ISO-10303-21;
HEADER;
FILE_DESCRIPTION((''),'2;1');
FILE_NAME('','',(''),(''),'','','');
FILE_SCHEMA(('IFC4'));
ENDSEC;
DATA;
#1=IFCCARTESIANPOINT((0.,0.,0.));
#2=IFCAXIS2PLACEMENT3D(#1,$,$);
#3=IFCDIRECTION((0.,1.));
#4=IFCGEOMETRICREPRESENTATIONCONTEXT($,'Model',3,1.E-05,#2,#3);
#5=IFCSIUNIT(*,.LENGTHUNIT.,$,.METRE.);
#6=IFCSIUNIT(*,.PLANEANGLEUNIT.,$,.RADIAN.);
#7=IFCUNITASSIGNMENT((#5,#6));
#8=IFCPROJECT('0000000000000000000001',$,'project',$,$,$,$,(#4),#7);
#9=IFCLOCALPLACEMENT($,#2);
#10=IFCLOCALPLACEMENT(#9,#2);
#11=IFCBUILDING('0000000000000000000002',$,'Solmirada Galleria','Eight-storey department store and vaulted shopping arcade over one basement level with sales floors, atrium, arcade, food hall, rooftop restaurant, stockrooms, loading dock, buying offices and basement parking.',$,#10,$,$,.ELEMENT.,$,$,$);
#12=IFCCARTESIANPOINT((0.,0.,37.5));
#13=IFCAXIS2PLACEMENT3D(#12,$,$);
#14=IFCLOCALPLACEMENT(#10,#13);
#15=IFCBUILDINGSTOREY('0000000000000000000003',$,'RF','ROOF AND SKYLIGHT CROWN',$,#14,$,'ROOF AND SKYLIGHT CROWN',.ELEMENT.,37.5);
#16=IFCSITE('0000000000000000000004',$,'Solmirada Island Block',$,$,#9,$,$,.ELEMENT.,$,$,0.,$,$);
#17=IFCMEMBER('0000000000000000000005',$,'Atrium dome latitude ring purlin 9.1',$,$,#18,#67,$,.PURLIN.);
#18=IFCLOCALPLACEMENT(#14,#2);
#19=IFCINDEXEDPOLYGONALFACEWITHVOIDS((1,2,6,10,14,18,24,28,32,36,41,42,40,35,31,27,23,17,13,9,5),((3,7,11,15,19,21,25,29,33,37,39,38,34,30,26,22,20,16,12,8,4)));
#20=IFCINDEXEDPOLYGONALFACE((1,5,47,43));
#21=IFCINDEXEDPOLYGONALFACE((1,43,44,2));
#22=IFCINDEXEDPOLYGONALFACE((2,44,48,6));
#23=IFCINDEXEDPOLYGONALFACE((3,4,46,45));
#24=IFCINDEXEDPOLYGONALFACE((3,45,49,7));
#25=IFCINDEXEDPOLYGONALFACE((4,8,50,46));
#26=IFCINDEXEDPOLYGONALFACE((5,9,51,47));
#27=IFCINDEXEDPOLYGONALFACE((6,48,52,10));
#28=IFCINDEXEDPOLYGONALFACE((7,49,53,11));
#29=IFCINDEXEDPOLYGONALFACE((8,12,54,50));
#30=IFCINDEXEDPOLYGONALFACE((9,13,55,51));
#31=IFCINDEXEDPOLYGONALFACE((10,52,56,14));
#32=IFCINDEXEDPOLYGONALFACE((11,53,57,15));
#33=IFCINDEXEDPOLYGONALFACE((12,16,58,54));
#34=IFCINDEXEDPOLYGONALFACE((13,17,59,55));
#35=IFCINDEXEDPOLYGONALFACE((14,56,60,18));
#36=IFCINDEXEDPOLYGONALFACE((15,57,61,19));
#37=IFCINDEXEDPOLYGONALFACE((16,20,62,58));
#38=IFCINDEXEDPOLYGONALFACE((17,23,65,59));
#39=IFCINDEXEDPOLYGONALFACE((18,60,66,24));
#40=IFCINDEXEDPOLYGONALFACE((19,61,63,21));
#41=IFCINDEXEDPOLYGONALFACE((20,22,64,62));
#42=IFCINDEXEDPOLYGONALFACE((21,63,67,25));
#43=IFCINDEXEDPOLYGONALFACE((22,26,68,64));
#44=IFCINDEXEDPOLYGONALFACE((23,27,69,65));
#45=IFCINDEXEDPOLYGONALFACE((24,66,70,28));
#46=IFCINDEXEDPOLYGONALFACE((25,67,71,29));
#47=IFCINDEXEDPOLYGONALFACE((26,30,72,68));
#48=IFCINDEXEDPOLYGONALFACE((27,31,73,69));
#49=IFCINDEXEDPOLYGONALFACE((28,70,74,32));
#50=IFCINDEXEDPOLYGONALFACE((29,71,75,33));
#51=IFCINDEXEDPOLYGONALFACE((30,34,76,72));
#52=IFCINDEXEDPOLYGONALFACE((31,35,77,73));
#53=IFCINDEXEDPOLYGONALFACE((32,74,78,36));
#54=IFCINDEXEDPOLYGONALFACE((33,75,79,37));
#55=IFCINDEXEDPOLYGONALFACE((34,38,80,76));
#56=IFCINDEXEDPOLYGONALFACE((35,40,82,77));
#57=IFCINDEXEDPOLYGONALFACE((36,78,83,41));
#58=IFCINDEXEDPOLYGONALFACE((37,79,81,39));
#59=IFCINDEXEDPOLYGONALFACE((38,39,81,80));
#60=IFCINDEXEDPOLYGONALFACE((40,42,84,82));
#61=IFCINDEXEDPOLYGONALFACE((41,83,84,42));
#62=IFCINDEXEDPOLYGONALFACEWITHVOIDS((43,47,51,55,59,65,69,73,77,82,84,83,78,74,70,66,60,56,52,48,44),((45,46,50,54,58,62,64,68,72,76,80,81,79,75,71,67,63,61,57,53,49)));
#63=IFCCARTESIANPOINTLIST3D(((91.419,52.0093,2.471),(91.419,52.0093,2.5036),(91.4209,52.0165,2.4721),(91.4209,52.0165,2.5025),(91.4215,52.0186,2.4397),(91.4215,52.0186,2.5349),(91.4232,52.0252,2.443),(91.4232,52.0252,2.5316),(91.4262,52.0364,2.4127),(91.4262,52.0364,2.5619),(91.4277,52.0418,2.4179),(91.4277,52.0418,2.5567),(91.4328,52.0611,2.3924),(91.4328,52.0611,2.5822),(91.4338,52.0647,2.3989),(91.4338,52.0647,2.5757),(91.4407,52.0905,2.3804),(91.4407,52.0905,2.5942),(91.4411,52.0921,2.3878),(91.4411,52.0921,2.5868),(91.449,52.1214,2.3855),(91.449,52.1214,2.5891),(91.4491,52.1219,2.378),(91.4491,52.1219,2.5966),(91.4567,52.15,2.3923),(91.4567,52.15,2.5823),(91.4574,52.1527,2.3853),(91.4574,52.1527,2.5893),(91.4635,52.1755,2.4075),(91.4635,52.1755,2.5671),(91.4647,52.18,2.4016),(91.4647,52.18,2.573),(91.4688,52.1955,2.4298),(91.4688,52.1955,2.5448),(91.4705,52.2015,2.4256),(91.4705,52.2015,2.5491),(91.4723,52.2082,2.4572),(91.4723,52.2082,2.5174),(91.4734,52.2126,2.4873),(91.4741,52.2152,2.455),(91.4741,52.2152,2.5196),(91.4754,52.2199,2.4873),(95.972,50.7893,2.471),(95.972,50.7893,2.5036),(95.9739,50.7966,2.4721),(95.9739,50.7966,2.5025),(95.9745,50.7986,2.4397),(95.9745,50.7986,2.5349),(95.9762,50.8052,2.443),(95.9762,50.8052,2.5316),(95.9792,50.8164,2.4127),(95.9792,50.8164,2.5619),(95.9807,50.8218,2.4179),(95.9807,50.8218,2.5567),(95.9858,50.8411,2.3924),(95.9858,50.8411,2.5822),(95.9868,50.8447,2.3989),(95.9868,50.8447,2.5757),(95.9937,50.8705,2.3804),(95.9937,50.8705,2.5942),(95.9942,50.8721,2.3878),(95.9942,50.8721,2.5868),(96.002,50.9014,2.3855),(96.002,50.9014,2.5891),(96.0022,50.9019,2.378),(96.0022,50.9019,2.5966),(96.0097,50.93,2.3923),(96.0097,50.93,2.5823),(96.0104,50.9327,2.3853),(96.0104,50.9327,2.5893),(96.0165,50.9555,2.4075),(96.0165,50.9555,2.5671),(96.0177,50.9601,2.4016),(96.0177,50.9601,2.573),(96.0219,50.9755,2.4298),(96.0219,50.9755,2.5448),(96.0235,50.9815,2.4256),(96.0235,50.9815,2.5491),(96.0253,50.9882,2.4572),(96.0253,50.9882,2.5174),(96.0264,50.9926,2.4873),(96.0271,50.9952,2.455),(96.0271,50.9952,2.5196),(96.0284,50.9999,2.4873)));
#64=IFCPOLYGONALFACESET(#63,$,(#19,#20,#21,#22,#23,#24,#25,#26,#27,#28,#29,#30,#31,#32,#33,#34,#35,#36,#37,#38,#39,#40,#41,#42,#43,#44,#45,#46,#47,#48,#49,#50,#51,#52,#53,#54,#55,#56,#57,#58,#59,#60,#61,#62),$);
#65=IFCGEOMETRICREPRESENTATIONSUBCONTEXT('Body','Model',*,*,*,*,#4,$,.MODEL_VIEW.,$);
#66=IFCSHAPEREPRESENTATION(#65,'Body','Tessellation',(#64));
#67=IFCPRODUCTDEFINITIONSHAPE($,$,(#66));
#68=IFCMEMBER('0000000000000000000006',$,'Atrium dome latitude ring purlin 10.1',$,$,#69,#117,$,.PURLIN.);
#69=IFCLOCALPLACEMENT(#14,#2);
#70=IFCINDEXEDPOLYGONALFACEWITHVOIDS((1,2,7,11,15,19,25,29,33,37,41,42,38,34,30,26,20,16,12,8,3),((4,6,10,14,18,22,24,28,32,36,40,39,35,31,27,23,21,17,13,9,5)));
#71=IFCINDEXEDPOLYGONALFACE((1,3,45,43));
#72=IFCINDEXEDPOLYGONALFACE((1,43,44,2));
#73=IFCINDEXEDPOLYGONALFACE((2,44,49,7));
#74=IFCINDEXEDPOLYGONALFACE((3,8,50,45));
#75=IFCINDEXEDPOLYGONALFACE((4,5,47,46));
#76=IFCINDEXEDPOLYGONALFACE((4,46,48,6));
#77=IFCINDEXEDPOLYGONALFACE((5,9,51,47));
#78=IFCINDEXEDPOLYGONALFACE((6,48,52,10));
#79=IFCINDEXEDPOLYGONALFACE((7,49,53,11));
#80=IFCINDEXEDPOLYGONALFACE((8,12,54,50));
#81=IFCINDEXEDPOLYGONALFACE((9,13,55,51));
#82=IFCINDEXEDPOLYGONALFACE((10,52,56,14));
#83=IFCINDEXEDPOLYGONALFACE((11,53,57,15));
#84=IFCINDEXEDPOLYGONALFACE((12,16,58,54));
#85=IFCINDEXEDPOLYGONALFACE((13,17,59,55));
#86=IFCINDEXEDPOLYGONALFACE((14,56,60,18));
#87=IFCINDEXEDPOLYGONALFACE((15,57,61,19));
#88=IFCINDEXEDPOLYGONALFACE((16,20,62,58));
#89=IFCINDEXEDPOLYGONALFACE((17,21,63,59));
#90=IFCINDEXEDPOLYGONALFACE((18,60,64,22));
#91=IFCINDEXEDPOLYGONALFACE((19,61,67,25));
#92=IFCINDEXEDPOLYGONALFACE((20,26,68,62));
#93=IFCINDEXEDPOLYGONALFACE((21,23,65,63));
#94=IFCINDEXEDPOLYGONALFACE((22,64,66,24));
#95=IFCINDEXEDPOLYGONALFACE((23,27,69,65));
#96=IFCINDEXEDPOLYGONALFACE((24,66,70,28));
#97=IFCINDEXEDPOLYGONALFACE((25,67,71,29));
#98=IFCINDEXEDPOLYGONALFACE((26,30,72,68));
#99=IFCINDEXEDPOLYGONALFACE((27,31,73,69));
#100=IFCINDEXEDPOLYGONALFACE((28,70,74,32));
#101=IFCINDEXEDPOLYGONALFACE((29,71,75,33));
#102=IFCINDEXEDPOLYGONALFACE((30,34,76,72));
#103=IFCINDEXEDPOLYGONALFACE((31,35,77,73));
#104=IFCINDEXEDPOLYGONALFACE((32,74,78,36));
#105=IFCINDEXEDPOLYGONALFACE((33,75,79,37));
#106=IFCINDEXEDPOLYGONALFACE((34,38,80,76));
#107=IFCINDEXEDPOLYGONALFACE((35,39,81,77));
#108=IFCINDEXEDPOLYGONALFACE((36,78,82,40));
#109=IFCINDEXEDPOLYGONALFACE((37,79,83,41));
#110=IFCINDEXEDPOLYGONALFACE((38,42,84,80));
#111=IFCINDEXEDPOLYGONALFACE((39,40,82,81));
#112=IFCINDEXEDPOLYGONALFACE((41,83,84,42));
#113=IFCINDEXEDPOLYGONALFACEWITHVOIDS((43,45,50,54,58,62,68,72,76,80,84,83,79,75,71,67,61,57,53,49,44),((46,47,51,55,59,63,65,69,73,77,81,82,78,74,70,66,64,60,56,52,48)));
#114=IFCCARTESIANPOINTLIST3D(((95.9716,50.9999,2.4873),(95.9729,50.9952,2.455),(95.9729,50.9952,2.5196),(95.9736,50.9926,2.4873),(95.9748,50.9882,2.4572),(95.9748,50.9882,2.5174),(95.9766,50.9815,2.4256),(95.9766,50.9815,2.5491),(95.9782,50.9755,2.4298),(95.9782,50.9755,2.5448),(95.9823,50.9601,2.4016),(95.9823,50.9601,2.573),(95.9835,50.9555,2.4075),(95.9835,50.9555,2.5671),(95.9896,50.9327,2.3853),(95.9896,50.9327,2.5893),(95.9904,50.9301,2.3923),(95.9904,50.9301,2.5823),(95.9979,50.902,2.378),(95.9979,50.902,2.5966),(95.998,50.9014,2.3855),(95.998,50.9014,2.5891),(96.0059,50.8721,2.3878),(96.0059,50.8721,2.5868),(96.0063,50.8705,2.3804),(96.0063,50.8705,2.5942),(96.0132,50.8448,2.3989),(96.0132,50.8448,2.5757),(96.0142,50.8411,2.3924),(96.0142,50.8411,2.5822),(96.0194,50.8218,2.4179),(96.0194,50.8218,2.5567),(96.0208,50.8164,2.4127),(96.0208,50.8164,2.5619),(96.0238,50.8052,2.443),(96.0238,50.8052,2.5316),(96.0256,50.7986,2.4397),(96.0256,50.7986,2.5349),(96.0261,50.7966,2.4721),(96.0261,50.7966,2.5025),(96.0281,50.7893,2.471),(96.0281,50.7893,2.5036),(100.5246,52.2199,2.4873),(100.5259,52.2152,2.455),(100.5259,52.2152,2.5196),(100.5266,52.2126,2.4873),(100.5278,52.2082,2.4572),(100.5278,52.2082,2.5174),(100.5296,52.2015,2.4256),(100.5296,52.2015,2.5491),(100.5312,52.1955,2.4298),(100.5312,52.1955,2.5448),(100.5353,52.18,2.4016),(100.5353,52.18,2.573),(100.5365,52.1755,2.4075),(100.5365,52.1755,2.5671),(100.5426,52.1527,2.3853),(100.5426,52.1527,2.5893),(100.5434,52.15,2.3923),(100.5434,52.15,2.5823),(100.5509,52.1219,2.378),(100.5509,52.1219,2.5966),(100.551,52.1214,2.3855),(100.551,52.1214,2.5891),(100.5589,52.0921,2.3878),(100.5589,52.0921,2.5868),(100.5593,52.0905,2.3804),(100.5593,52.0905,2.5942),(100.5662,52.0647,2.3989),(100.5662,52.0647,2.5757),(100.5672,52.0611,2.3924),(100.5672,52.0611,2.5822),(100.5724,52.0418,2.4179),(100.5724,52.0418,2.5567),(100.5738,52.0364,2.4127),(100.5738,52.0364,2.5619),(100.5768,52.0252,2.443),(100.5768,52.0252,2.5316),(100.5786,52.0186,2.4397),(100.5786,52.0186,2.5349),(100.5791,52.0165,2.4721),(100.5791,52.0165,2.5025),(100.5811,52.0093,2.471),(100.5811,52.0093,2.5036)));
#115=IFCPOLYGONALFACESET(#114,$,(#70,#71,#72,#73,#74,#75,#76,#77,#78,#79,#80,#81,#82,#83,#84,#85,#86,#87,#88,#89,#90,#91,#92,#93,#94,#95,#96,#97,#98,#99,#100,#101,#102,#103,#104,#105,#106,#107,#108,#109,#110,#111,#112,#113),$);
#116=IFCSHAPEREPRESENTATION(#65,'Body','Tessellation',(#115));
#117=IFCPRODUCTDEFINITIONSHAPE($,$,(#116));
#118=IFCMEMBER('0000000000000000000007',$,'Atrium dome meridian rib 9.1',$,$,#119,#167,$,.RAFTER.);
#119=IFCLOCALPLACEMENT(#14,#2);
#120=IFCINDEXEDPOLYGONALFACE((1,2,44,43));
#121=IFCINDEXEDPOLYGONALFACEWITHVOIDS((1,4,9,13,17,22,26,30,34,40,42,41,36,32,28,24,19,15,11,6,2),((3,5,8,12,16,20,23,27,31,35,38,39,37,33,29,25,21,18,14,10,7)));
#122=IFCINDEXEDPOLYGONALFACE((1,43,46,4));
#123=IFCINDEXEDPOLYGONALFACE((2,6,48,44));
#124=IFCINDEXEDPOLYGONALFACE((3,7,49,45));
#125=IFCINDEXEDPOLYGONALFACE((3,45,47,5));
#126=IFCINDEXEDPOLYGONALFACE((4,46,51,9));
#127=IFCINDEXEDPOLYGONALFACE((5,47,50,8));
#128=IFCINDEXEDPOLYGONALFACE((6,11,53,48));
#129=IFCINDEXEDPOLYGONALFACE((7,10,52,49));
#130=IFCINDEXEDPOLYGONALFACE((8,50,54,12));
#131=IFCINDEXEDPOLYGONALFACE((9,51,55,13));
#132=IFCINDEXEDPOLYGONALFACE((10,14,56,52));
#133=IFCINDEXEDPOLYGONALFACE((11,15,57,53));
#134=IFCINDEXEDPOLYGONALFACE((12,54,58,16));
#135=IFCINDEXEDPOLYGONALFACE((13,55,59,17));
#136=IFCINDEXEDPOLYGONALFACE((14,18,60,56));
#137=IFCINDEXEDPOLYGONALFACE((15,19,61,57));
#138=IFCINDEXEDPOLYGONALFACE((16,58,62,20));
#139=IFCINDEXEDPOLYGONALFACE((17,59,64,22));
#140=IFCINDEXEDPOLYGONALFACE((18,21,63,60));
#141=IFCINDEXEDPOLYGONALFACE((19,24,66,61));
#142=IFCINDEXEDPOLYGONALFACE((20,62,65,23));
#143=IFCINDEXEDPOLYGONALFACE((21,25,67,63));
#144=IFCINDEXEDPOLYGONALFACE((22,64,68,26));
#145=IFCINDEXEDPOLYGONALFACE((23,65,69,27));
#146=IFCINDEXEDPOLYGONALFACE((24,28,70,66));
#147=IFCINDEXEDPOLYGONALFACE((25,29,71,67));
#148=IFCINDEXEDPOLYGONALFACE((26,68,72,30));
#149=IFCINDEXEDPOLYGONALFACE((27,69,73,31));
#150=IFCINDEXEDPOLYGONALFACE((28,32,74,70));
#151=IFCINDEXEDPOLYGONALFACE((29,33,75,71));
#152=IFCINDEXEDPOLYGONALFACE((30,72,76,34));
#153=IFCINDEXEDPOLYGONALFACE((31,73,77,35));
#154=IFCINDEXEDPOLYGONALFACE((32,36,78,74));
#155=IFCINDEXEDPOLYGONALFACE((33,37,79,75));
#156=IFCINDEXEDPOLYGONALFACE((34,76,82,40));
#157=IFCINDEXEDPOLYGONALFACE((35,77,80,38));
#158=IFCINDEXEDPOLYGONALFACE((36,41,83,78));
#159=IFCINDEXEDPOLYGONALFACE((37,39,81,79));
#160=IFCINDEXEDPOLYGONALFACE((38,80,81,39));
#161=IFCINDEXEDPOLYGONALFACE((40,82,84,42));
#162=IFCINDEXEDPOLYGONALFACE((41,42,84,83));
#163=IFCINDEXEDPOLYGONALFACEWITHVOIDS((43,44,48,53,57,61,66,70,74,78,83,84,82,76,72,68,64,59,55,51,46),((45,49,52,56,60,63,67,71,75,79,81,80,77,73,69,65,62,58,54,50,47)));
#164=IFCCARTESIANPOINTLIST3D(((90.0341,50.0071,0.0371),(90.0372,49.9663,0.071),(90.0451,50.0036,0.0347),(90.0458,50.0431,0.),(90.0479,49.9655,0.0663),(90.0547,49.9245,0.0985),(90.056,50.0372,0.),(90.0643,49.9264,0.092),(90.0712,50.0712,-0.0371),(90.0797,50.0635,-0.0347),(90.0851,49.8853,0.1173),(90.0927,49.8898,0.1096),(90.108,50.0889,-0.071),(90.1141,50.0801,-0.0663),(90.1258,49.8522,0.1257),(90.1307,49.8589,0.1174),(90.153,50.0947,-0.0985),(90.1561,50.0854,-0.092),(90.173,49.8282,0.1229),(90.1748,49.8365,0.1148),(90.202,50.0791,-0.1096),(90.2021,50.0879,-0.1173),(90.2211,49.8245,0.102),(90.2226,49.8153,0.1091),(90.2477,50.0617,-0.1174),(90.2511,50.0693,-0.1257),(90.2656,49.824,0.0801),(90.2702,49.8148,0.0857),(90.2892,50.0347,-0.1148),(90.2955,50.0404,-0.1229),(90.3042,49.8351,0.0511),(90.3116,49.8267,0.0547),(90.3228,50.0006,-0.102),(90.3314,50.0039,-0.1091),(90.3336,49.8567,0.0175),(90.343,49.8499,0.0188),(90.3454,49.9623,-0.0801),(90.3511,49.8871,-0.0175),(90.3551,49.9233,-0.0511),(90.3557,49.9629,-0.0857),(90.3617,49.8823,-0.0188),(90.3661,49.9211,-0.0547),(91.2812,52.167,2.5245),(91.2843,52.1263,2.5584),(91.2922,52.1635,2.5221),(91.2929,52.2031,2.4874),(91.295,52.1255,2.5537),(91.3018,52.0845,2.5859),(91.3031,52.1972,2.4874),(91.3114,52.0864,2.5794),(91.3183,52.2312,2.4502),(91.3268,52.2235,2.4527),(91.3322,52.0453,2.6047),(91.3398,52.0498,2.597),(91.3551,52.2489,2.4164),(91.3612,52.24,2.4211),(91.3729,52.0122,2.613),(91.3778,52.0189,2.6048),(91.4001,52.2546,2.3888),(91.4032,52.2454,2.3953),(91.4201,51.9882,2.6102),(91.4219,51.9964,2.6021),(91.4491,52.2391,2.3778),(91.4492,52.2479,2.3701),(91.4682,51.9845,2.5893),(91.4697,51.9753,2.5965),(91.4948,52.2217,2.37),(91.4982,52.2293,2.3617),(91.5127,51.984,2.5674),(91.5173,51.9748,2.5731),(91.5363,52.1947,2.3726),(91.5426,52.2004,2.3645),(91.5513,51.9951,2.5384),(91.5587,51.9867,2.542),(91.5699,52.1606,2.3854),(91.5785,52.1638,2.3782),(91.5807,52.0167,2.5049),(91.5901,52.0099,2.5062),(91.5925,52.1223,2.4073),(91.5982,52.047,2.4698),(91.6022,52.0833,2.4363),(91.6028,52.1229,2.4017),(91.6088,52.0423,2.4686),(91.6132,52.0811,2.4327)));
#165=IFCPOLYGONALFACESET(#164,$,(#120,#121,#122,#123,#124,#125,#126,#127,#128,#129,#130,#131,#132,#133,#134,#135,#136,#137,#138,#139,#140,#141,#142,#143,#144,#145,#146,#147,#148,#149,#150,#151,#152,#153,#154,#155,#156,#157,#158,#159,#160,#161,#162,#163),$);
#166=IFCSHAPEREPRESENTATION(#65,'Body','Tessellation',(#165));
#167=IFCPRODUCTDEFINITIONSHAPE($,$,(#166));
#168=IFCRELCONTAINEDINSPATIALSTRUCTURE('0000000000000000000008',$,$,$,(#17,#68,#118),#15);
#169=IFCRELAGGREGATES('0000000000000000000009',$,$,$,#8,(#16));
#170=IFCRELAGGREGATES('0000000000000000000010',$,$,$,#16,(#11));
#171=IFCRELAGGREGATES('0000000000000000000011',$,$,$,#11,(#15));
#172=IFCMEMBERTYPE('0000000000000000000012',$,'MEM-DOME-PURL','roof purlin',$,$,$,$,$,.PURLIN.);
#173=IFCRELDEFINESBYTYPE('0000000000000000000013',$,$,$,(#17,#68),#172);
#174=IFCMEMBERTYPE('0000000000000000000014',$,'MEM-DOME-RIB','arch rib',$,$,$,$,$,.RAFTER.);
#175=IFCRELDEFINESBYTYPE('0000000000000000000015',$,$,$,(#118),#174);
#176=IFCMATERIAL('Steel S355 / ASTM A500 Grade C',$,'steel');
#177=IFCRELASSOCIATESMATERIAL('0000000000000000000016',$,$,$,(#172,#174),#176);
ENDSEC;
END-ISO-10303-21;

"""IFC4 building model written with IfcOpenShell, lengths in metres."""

from ifc_helpers import new_model, si_unit, direction, frame, origin, origin_2d, place, context, subcontext, project, spatial, hollow_circle, extrude, material, material_profile, profile_set, type_object, element, save


model = new_model("IFC4")

# Units and contexts
model_context = context("Model", 3, precision=1e-05, world=origin(), true_north=direction((0.0, 1.0)))
body_context = subcontext(model_context, "Body", "Model", "MODEL_VIEW")
ifc_project = project(units=[si_unit("LENGTHUNIT", "METRE"), si_unit("PLANEANGLEUNIT", "RADIAN")], contexts=[model_context])

# Site, building, storey
site_placement = place(None, origin())
site = spatial("IfcSite", under=ifc_project, at=site_placement, Name="Solmirada Island Block", CompositionType="ELEMENT", RefElevation=0.0)
building_placement = place(site_placement, origin())
building = spatial("IfcBuilding", under=site, at=building_placement, Name="Solmirada Galleria", Description="Eight-storey department store and vaulted shopping arcade over one basement level with sales floors, atrium, arcade, food hall, rooftop restaurant, stockrooms, loading dock, buying offices and basement parking.", CompositionType="ELEMENT")
storey_placement = place(building_placement, frame((0.0, 0.0, 37.5)))
storey = spatial("IfcBuildingStorey", under=building, at=storey_placement, Name="RF", Description="ROOF AND SKYLIGHT CROWN", LongName="ROOF AND SKYLIGHT CROWN", CompositionType="ELEMENT", Elevation=37.5)

# Members
ifc_material_1 = material(Name="Steel S355 / ASTM A500 Grade C", Category="steel")
ifc_material_profile_1 = material_profile(ifc_material_1, hollow_circle(Radius=0.1096, WallThickness=0.0076, at=origin_2d()), Name="HSS8.625X0.322")
ifc_profile_set_1 = profile_set([ifc_material_profile_1], Name="Steel S355 / ASTM A500 Grade C")
member_type_1 = type_object("IfcMemberType", Name="MEM-DOME-PURL", Description="roof purlin", PredefinedType="PURLIN", material=ifc_profile_set_1)
for number, where, z_axis, x_axis, name in (
    (1, (91.447, 52.114, 2.4873), (0.965926, -0.25882, 0.0), (0.25882, 0.965926, 0.0), "Atrium dome latitude ring purlin 9.1"),
    (2, (96.0, 50.894, 2.4873), (0.965926, 0.25882, 0.0), (-0.25882, 0.965926, 0.0), "Atrium dome latitude ring purlin 10.1"),
):
    element("IfcMember", number, at=place(storey_placement, frame(where, z_axis=z_axis, x_axis=x_axis)), inside=storey, type_object=member_type_1, Name=name, PredefinedType="PURLIN", context=body_context, shape_type="SweptSolid", body=[
        extrude(hollow_circle(Radius=0.1096, WallThickness=0.0076, at=origin_2d()), origin(), (0.0, 0.0, 1.0), 4.7136),
    ])
ifc_material_profile_2 = material_profile(ifc_material_1, hollow_circle(Radius=0.178, WallThickness=0.0117, at=origin_2d()), Name="HSS14.000X0.500")
ifc_profile_set_2 = profile_set([ifc_material_profile_2], Name="Steel S355 / ASTM A500 Grade C")
member_type_2 = type_object("IfcMemberType", Name="MEM-DOME-RIB", Description="arch rib", PredefinedType="RAFTER", material=ifc_profile_set_2)
for number, where, z_axis, x_axis, name in (
    (3, (90.2, 49.9541, 0.0), (0.354043, 0.613199, 0.706145), (-0.866018, 0.500013, 0.0), "Atrium dome meridian rib 9.1"),
):
    element("IfcMember", number, at=place(storey_placement, frame(where, z_axis=z_axis, x_axis=x_axis)), inside=storey, type_object=member_type_2, Name=name, PredefinedType="RAFTER", context=body_context, shape_type="SweptSolid", body=[
        extrude(hollow_circle(Radius=0.178, WallThickness=0.0117, at=origin_2d()), origin(), (0.0, 0.0, 1.0), 3.5225),
    ])

save(model, "model.ifc")
